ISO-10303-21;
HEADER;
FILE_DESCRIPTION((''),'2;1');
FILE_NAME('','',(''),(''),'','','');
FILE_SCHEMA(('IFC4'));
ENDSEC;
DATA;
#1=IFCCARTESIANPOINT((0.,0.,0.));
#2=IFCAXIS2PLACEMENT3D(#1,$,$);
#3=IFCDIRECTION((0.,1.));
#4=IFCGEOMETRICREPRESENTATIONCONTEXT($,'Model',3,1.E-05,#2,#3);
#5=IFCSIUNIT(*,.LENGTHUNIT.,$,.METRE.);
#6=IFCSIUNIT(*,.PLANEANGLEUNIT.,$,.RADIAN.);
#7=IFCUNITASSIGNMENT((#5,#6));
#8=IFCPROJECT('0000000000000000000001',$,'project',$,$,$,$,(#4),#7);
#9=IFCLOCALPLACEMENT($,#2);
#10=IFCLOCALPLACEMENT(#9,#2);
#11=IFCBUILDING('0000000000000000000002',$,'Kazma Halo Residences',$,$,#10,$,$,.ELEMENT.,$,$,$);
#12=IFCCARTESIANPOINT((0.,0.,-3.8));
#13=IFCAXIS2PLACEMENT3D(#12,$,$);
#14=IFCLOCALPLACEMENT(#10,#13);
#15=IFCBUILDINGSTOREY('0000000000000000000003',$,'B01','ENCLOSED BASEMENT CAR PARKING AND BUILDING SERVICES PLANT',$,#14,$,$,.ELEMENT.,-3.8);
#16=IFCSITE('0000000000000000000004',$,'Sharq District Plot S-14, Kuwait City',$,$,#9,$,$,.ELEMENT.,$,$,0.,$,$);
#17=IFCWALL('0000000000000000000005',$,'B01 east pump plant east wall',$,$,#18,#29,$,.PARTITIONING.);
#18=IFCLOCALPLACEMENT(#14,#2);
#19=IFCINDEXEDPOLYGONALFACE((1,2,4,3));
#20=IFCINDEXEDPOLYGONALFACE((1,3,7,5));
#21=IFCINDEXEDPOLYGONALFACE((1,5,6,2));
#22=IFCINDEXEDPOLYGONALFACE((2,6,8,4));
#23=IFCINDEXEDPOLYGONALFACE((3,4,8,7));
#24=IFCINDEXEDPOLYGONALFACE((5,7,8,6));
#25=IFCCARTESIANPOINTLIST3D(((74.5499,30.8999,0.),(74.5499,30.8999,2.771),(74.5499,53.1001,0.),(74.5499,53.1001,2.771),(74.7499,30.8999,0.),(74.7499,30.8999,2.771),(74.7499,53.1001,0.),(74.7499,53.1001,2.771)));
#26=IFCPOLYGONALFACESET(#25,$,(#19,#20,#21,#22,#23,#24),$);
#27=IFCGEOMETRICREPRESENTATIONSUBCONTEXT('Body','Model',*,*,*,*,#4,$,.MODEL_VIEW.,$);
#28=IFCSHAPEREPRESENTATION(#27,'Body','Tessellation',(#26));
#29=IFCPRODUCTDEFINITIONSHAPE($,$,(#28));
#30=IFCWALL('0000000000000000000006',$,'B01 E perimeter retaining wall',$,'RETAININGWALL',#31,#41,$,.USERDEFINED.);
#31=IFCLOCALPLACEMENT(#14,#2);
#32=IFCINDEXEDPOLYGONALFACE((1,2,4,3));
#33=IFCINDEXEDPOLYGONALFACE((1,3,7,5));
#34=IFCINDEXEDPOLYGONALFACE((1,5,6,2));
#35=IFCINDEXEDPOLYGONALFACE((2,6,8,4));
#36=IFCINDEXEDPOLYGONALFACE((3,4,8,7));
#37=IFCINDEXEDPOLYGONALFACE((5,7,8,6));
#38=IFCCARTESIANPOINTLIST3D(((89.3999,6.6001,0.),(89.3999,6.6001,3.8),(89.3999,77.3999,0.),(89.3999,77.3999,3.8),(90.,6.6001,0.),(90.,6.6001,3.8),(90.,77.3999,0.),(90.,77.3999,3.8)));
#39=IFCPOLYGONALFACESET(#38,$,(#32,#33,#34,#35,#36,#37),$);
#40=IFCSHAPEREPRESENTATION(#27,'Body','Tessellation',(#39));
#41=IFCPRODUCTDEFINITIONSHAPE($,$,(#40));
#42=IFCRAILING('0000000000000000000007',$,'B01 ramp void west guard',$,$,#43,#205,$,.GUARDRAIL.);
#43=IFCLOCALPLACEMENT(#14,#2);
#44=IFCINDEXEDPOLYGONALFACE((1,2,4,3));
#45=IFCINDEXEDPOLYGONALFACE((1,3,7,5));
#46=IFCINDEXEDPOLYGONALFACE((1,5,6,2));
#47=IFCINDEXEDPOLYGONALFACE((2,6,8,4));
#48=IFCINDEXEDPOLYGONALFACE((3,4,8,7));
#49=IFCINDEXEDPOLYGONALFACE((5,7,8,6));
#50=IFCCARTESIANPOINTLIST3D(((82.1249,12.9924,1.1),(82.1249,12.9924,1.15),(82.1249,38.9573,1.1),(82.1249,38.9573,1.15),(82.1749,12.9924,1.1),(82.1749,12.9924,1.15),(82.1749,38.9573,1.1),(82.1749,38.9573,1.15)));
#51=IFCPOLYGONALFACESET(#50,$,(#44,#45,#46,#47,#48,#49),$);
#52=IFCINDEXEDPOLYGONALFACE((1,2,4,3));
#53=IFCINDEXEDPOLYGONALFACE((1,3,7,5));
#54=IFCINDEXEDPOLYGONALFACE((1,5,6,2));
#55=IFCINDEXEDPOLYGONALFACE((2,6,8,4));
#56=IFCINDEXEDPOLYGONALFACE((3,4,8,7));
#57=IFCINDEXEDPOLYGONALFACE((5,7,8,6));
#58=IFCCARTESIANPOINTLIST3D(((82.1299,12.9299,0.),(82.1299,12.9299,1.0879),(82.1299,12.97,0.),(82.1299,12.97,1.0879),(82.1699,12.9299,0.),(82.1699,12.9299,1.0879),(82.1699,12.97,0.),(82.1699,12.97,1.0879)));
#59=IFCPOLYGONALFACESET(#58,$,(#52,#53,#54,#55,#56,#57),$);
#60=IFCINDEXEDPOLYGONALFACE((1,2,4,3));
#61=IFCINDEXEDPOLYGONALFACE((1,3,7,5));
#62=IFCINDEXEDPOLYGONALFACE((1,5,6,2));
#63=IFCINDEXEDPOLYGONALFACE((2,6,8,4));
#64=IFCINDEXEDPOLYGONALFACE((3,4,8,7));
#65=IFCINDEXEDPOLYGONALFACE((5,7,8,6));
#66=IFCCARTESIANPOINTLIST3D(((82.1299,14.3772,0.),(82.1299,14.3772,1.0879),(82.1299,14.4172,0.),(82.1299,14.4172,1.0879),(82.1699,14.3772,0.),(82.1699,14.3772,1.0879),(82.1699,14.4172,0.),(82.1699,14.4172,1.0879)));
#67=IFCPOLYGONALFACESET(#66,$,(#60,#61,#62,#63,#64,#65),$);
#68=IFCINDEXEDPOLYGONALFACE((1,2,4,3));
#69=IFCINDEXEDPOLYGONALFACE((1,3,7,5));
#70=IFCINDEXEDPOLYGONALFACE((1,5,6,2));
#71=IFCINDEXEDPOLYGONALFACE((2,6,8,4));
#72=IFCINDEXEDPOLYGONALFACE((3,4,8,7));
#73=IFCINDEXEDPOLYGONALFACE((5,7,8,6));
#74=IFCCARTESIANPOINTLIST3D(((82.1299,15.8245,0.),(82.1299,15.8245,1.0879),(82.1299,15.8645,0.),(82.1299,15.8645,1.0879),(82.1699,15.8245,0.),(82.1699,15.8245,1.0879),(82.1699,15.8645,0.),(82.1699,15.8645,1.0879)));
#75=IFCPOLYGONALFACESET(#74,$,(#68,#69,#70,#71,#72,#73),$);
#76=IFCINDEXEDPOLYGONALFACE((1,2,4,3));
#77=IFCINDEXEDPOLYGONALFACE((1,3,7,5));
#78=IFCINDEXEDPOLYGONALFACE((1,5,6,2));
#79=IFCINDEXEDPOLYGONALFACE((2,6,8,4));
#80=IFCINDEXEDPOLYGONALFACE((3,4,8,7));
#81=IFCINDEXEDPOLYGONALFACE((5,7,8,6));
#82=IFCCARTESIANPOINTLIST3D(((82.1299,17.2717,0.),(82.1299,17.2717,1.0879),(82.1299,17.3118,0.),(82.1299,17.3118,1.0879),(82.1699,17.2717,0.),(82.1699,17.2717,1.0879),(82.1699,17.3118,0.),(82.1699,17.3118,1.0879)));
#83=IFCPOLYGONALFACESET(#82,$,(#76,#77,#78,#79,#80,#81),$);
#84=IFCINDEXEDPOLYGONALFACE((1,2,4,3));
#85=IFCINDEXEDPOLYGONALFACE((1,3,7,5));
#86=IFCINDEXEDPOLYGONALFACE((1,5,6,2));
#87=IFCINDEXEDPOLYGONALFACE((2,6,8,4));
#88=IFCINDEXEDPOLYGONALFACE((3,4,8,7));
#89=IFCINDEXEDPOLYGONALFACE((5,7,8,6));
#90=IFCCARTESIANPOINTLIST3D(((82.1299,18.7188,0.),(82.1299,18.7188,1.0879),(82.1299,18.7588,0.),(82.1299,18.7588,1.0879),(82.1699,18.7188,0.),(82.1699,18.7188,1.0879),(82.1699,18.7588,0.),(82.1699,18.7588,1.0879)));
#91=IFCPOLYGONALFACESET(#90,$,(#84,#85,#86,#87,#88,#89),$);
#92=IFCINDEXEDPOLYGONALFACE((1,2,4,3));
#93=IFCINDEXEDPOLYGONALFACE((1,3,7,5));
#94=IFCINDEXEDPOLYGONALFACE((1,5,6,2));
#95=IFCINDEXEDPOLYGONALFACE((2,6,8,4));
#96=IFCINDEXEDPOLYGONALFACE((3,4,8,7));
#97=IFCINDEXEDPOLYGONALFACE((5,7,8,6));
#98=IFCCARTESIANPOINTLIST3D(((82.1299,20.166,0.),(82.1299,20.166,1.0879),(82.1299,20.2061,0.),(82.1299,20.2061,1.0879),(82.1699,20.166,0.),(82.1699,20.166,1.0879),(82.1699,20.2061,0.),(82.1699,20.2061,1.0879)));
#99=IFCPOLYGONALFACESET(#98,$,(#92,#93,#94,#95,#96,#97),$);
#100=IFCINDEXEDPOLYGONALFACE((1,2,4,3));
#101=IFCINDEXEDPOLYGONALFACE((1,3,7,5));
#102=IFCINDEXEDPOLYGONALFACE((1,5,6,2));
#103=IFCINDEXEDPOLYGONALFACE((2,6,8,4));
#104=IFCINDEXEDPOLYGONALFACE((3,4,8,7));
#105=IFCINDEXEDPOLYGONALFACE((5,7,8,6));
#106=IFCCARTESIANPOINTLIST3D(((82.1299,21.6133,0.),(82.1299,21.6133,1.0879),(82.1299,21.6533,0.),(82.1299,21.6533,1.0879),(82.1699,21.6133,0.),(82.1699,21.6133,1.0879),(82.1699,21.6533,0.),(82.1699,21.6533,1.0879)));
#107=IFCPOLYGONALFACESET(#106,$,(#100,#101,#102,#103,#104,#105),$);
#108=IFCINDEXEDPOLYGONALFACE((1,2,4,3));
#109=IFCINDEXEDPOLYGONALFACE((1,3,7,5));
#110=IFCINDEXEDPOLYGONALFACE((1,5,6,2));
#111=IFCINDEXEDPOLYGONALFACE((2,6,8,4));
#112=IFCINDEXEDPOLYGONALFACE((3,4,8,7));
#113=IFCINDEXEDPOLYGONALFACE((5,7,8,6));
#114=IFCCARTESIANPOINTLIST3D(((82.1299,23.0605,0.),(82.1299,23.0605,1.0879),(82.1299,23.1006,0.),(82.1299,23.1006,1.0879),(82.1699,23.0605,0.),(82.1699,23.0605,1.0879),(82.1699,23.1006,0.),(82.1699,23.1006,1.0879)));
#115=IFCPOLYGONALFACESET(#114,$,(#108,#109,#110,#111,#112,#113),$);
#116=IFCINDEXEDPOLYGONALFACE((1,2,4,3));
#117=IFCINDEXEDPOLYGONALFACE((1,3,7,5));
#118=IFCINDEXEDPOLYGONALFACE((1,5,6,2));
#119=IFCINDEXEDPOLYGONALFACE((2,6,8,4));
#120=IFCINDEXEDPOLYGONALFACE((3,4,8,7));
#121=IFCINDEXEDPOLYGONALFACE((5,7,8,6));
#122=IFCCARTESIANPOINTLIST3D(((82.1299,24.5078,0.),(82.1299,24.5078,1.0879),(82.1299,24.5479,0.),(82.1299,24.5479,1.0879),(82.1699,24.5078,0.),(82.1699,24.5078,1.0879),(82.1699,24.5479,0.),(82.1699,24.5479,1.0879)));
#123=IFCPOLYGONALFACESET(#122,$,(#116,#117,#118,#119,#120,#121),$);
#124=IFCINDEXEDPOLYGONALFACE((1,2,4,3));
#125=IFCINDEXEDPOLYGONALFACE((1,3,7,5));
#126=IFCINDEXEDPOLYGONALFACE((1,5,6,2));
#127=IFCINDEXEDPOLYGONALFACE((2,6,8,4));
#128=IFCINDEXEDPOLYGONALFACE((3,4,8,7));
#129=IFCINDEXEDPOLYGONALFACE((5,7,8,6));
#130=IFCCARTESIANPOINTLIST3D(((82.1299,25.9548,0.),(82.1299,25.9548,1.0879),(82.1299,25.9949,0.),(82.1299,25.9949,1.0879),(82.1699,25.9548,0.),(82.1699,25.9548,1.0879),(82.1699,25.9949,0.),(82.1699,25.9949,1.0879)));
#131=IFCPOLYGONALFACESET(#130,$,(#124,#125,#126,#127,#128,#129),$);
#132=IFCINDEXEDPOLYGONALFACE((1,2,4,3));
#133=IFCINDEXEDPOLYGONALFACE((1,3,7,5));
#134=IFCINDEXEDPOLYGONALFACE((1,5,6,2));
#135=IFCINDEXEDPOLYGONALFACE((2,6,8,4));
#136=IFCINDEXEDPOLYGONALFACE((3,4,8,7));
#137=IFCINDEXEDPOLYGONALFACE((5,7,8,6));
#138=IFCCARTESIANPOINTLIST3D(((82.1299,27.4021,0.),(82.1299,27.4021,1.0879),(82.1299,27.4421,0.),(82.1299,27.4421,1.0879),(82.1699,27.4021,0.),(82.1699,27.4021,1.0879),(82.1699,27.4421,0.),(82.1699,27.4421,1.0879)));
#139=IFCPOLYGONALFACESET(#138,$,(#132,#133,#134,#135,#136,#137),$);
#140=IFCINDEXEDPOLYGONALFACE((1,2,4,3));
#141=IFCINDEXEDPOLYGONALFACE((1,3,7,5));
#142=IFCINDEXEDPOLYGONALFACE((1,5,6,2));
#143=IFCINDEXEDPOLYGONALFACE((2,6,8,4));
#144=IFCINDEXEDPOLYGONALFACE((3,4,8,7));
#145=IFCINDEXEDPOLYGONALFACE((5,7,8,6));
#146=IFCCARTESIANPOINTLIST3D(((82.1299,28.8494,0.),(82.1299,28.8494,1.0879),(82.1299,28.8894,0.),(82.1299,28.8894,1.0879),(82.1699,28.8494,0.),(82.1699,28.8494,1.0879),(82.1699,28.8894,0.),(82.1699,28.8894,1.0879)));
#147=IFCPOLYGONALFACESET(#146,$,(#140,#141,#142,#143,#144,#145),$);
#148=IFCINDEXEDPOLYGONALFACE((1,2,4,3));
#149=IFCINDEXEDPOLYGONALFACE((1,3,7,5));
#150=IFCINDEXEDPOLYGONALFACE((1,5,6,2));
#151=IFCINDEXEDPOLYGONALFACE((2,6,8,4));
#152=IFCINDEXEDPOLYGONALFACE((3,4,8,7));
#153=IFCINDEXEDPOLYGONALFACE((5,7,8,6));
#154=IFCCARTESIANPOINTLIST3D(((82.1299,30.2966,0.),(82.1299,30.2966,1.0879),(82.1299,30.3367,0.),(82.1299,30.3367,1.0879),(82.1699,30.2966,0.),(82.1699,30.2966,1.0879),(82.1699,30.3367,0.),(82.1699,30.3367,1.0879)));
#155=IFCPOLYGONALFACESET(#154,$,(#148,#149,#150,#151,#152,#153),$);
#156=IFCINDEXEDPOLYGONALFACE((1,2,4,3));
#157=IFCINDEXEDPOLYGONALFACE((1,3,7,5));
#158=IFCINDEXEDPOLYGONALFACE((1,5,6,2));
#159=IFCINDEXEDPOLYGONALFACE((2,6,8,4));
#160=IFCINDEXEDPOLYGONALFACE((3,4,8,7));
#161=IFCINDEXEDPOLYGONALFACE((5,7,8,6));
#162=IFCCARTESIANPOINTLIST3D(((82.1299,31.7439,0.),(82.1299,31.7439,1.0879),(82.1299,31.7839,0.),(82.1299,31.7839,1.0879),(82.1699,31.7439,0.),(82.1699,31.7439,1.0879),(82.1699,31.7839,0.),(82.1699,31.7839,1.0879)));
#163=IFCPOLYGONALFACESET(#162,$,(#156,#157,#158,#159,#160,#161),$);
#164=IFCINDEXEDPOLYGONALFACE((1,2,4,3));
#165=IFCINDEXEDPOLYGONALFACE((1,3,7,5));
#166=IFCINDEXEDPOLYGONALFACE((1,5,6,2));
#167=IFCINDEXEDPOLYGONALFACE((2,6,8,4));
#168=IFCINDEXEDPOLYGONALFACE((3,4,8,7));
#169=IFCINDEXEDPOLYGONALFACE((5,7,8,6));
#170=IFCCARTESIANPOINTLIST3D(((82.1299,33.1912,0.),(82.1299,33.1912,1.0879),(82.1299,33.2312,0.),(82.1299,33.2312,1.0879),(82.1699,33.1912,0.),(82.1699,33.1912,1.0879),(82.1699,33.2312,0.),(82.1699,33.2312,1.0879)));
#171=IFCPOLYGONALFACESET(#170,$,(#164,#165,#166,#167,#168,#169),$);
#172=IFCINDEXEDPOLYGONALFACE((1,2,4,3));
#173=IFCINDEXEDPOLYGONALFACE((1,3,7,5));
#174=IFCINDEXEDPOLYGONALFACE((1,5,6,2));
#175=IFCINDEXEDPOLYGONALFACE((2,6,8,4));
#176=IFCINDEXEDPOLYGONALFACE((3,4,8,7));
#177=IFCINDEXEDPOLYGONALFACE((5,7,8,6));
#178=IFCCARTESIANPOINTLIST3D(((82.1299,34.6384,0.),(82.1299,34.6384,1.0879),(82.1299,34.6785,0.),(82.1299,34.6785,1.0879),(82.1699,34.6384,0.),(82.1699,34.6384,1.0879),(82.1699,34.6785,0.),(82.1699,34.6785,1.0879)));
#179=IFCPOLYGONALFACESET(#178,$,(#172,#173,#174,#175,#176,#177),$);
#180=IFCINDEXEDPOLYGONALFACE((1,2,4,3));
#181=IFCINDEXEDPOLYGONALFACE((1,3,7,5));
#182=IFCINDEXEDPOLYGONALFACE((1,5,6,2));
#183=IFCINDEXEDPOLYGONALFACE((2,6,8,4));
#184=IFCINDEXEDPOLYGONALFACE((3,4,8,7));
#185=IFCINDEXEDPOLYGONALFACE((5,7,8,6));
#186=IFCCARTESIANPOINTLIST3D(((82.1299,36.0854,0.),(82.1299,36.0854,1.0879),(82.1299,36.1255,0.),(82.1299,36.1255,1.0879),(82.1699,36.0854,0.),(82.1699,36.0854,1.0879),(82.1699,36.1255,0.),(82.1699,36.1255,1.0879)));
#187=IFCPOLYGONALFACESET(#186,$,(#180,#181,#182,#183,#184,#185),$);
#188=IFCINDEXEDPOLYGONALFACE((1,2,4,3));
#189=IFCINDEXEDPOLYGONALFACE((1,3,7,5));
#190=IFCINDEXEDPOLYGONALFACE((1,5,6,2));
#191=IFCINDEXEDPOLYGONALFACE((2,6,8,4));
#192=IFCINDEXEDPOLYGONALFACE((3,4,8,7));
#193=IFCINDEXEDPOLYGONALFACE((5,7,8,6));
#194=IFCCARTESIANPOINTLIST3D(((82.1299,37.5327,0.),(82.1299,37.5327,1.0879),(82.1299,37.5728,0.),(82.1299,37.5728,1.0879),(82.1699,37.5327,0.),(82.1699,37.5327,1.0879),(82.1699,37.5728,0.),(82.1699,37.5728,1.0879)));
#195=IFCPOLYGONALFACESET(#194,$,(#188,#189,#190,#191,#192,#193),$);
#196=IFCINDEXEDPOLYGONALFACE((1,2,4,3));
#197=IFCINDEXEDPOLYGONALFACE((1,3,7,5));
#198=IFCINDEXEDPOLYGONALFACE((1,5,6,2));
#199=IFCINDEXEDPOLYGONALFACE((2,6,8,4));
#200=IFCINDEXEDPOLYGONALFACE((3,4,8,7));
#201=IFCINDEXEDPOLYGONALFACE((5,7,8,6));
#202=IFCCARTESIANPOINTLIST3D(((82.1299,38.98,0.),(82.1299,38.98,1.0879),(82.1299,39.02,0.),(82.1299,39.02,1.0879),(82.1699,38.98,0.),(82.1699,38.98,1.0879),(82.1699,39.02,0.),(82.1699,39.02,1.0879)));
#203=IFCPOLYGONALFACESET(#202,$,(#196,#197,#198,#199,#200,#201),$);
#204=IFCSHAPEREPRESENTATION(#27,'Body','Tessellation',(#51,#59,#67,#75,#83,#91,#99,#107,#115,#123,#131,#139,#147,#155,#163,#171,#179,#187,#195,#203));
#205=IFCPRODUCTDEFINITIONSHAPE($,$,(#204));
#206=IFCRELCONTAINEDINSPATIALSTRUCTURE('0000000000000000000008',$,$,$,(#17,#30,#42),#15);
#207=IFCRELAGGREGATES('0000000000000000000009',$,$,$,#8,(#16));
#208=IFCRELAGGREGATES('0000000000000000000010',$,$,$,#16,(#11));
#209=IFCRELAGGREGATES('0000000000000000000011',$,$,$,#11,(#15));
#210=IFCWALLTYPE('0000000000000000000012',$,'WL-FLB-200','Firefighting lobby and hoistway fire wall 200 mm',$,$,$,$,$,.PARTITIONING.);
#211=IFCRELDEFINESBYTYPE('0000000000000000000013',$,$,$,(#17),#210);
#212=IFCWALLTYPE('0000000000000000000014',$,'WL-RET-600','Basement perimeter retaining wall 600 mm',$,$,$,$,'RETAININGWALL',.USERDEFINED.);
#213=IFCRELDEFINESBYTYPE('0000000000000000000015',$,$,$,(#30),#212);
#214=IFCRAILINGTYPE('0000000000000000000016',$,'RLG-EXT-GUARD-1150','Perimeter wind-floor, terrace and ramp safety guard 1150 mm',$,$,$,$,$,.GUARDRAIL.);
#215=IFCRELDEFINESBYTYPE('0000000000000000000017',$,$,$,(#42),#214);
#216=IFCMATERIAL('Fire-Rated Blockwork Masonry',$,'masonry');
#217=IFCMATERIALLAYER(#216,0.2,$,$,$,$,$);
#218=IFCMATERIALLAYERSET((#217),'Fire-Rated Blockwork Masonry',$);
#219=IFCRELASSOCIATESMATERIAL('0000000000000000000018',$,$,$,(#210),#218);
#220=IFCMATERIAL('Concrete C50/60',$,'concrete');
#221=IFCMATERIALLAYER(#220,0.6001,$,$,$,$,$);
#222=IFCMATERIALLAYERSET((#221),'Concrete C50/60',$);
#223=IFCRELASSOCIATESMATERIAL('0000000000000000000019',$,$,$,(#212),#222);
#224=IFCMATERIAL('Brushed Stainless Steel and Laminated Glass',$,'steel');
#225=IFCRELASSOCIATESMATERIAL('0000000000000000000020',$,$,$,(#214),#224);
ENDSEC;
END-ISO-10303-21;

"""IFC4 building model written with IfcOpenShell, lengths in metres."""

from ifc_helpers import new_model, si_unit, direction, frame, frame_2d, origin, origin_2d, place, context, subcontext, project, spatial, rectangle, extrude, material, layer, layer_set, type_object, element, save


model = new_model("IFC4")

# Units and contexts
model_context = context("Model", 3, precision=1e-05, world=origin(), true_north=direction((0.0, 1.0)))
body_context = subcontext(model_context, "Body", "Model", "MODEL_VIEW")
ifc_project = project(units=[si_unit("LENGTHUNIT", "METRE"), si_unit("PLANEANGLEUNIT", "RADIAN")], contexts=[model_context])

# Site, building, storey
site_placement = place(None, origin())
site = spatial("IfcSite", under=ifc_project, at=site_placement, Name="Sharq District Plot S-14, Kuwait City", CompositionType="ELEMENT", RefElevation=0.0)
building_placement = place(site_placement, origin())
building = spatial("IfcBuilding", under=site, at=building_placement, Name="Kazma Halo Residences", CompositionType="ELEMENT")
storey_placement = place(building_placement, frame((0.0, 0.0, -3.8)))
storey = spatial("IfcBuildingStorey", under=building, at=storey_placement, Name="B01", Description="ENCLOSED BASEMENT CAR PARKING AND BUILDING SERVICES PLANT", CompositionType="ELEMENT", Elevation=-3.8)

# Walls
ifc_material_1 = material(Name="Fire-Rated Blockwork Masonry", Category="masonry")
ifc_layer_1 = layer(ifc_material_1, 0.2)
ifc_layer_set_1 = layer_set([ifc_layer_1], Name="Fire-Rated Blockwork Masonry")
wall_type_1 = type_object("IfcWallType", Name="WL-FLB-200", Description="Firefighting lobby and hoistway fire wall 200 mm", PredefinedType="PARTITIONING", material=ifc_layer_set_1)
wall_1_placement = place(storey_placement, frame((74.6499, 30.8999, 0.0), z_axis=(0.0, 0.0, 1.0), x_axis=(0.0, 1.0, 0.0)))
element("IfcWall", 1, at=wall_1_placement, inside=storey, type_object=wall_type_1, Name="B01 east pump plant east wall", PredefinedType="PARTITIONING", context=body_context, shape_type="SweptSolid", body=[
    extrude(rectangle(XDim=22.2002, YDim=0.2, at=frame_2d((11.1001, 0.0))), origin(), (0.0, 0.0, 1.0), 2.771),
])
ifc_material_2 = material(Name="Concrete C50/60", Category="concrete")
ifc_layer_2 = layer(ifc_material_2, 0.6001)
ifc_layer_set_2 = layer_set([ifc_layer_2], Name="Concrete C50/60")
wall_type_2 = type_object("IfcWallType", Name="WL-RET-600", Description="Basement perimeter retaining wall 600 mm", ElementType="RETAININGWALL", PredefinedType="USERDEFINED", material=ifc_layer_set_2)
wall_2_placement = place(storey_placement, frame((89.7, 6.6001, 0.0), z_axis=(0.0, 0.0, 1.0), x_axis=(0.0, 1.0, 0.0)))
element("IfcWall", 2, at=wall_2_placement, inside=storey, type_object=wall_type_2, Name="B01 E perimeter retaining wall", ObjectType="RETAININGWALL", PredefinedType="USERDEFINED", context=body_context, shape_type="SweptSolid", body=[
    extrude(rectangle(XDim=70.7998, YDim=0.6001, at=frame_2d((35.3999, 0.0))), origin(), (0.0, 0.0, 1.0), 3.8),
])

# Railing
ifc_material_3 = material(Name="Brushed Stainless Steel and Laminated Glass", Category="steel")
railing_type = type_object("IfcRailingType", Name="RLG-EXT-GUARD-1150", Description="Perimeter wind-floor, terrace and ramp safety guard 1150 mm", PredefinedType="GUARDRAIL", material=ifc_material_3)
railing_1_placement = place(storey_placement, frame((82.1499, 12.95, 0.0)))
element("IfcRailing", 3, at=railing_1_placement, inside=storey, type_object=railing_type, Name="B01 ramp void west guard", PredefinedType="GUARDRAIL", context=body_context, shape_type="SweptSolid", body=[
    extrude(rectangle(XDim=0.05, YDim=0.05, at=origin_2d()), frame((0.0, 0.0425, 1.125), z_axis=(0.0, 1.0, 0.0), x_axis=(-1.0, 0.0, 0.0)), (0.0, 0.0, 1.0), 25.9648),
    extrude(rectangle(XDim=0.04, YDim=0.04, at=origin_2d()), origin(), (0.0, 0.0, 1.0), 1.0879),
    extrude(rectangle(XDim=0.04, YDim=0.04, at=origin_2d()), frame((0.0, 1.4473, 0.0)), (0.0, 0.0, 1.0), 1.0879),
    extrude(rectangle(XDim=0.04, YDim=0.04, at=origin_2d()), frame((0.0, 2.8945, 0.0)), (0.0, 0.0, 1.0), 1.0879),
    extrude(rectangle(XDim=0.04, YDim=0.04, at=origin_2d()), frame((0.0, 4.3418, 0.0)), (0.0, 0.0, 1.0), 1.0879),
    extrude(rectangle(XDim=0.04, YDim=0.04, at=origin_2d()), frame((0.0, 5.7888, 0.0)), (0.0, 0.0, 1.0), 1.0879),
    extrude(rectangle(XDim=0.04, YDim=0.04, at=origin_2d()), frame((0.0, 7.2361, 0.0)), (0.0, 0.0, 1.0), 1.0879),
    extrude(rectangle(XDim=0.04, YDim=0.04, at=origin_2d()), frame((0.0, 8.6833, 0.0)), (0.0, 0.0, 1.0), 1.0879),
    extrude(rectangle(XDim=0.04, YDim=0.04, at=origin_2d()), frame((0.0, 10.1306, 0.0)), (0.0, 0.0, 1.0), 1.0879),
    extrude(rectangle(XDim=0.04, YDim=0.04, at=origin_2d()), frame((0.0, 11.5779, 0.0)), (0.0, 0.0, 1.0), 1.0879),
    extrude(rectangle(XDim=0.04, YDim=0.04, at=origin_2d()), frame((0.0, 13.0249, 0.0)), (0.0, 0.0, 1.0), 1.0879),
    extrude(rectangle(XDim=0.04, YDim=0.04, at=origin_2d()), frame((0.0, 14.4722, 0.0)), (0.0, 0.0, 1.0), 1.0879),
    extrude(rectangle(XDim=0.04, YDim=0.04, at=origin_2d()), frame((0.0, 15.9194, 0.0)), (0.0, 0.0, 1.0), 1.0879),
    extrude(rectangle(XDim=0.04, YDim=0.04, at=origin_2d()), frame((0.0, 17.3667, 0.0)), (0.0, 0.0, 1.0), 1.0879),
    extrude(rectangle(XDim=0.04, YDim=0.04, at=origin_2d()), frame((0.0, 18.814, 0.0)), (0.0, 0.0, 1.0), 1.0879),
    extrude(rectangle(XDim=0.04, YDim=0.04, at=origin_2d()), frame((0.0, 20.2612, 0.0)), (0.0, 0.0, 1.0), 1.0879),
    extrude(rectangle(XDim=0.04, YDim=0.04, at=origin_2d()), frame((0.0, 21.7085, 0.0)), (0.0, 0.0, 1.0), 1.0879),
    extrude(rectangle(XDim=0.04, YDim=0.04, at=origin_2d()), frame((0.0, 23.1555, 0.0)), (0.0, 0.0, 1.0), 1.0879),
    extrude(rectangle(XDim=0.04, YDim=0.04, at=origin_2d()), frame((0.0, 24.6028, 0.0)), (0.0, 0.0, 1.0), 1.0879),
    extrude(rectangle(XDim=0.04, YDim=0.04, at=origin_2d()), frame((0.0, 26.05, 0.0)), (0.0, 0.0, 1.0), 1.0879),
])

save(model, "model.ifc")
